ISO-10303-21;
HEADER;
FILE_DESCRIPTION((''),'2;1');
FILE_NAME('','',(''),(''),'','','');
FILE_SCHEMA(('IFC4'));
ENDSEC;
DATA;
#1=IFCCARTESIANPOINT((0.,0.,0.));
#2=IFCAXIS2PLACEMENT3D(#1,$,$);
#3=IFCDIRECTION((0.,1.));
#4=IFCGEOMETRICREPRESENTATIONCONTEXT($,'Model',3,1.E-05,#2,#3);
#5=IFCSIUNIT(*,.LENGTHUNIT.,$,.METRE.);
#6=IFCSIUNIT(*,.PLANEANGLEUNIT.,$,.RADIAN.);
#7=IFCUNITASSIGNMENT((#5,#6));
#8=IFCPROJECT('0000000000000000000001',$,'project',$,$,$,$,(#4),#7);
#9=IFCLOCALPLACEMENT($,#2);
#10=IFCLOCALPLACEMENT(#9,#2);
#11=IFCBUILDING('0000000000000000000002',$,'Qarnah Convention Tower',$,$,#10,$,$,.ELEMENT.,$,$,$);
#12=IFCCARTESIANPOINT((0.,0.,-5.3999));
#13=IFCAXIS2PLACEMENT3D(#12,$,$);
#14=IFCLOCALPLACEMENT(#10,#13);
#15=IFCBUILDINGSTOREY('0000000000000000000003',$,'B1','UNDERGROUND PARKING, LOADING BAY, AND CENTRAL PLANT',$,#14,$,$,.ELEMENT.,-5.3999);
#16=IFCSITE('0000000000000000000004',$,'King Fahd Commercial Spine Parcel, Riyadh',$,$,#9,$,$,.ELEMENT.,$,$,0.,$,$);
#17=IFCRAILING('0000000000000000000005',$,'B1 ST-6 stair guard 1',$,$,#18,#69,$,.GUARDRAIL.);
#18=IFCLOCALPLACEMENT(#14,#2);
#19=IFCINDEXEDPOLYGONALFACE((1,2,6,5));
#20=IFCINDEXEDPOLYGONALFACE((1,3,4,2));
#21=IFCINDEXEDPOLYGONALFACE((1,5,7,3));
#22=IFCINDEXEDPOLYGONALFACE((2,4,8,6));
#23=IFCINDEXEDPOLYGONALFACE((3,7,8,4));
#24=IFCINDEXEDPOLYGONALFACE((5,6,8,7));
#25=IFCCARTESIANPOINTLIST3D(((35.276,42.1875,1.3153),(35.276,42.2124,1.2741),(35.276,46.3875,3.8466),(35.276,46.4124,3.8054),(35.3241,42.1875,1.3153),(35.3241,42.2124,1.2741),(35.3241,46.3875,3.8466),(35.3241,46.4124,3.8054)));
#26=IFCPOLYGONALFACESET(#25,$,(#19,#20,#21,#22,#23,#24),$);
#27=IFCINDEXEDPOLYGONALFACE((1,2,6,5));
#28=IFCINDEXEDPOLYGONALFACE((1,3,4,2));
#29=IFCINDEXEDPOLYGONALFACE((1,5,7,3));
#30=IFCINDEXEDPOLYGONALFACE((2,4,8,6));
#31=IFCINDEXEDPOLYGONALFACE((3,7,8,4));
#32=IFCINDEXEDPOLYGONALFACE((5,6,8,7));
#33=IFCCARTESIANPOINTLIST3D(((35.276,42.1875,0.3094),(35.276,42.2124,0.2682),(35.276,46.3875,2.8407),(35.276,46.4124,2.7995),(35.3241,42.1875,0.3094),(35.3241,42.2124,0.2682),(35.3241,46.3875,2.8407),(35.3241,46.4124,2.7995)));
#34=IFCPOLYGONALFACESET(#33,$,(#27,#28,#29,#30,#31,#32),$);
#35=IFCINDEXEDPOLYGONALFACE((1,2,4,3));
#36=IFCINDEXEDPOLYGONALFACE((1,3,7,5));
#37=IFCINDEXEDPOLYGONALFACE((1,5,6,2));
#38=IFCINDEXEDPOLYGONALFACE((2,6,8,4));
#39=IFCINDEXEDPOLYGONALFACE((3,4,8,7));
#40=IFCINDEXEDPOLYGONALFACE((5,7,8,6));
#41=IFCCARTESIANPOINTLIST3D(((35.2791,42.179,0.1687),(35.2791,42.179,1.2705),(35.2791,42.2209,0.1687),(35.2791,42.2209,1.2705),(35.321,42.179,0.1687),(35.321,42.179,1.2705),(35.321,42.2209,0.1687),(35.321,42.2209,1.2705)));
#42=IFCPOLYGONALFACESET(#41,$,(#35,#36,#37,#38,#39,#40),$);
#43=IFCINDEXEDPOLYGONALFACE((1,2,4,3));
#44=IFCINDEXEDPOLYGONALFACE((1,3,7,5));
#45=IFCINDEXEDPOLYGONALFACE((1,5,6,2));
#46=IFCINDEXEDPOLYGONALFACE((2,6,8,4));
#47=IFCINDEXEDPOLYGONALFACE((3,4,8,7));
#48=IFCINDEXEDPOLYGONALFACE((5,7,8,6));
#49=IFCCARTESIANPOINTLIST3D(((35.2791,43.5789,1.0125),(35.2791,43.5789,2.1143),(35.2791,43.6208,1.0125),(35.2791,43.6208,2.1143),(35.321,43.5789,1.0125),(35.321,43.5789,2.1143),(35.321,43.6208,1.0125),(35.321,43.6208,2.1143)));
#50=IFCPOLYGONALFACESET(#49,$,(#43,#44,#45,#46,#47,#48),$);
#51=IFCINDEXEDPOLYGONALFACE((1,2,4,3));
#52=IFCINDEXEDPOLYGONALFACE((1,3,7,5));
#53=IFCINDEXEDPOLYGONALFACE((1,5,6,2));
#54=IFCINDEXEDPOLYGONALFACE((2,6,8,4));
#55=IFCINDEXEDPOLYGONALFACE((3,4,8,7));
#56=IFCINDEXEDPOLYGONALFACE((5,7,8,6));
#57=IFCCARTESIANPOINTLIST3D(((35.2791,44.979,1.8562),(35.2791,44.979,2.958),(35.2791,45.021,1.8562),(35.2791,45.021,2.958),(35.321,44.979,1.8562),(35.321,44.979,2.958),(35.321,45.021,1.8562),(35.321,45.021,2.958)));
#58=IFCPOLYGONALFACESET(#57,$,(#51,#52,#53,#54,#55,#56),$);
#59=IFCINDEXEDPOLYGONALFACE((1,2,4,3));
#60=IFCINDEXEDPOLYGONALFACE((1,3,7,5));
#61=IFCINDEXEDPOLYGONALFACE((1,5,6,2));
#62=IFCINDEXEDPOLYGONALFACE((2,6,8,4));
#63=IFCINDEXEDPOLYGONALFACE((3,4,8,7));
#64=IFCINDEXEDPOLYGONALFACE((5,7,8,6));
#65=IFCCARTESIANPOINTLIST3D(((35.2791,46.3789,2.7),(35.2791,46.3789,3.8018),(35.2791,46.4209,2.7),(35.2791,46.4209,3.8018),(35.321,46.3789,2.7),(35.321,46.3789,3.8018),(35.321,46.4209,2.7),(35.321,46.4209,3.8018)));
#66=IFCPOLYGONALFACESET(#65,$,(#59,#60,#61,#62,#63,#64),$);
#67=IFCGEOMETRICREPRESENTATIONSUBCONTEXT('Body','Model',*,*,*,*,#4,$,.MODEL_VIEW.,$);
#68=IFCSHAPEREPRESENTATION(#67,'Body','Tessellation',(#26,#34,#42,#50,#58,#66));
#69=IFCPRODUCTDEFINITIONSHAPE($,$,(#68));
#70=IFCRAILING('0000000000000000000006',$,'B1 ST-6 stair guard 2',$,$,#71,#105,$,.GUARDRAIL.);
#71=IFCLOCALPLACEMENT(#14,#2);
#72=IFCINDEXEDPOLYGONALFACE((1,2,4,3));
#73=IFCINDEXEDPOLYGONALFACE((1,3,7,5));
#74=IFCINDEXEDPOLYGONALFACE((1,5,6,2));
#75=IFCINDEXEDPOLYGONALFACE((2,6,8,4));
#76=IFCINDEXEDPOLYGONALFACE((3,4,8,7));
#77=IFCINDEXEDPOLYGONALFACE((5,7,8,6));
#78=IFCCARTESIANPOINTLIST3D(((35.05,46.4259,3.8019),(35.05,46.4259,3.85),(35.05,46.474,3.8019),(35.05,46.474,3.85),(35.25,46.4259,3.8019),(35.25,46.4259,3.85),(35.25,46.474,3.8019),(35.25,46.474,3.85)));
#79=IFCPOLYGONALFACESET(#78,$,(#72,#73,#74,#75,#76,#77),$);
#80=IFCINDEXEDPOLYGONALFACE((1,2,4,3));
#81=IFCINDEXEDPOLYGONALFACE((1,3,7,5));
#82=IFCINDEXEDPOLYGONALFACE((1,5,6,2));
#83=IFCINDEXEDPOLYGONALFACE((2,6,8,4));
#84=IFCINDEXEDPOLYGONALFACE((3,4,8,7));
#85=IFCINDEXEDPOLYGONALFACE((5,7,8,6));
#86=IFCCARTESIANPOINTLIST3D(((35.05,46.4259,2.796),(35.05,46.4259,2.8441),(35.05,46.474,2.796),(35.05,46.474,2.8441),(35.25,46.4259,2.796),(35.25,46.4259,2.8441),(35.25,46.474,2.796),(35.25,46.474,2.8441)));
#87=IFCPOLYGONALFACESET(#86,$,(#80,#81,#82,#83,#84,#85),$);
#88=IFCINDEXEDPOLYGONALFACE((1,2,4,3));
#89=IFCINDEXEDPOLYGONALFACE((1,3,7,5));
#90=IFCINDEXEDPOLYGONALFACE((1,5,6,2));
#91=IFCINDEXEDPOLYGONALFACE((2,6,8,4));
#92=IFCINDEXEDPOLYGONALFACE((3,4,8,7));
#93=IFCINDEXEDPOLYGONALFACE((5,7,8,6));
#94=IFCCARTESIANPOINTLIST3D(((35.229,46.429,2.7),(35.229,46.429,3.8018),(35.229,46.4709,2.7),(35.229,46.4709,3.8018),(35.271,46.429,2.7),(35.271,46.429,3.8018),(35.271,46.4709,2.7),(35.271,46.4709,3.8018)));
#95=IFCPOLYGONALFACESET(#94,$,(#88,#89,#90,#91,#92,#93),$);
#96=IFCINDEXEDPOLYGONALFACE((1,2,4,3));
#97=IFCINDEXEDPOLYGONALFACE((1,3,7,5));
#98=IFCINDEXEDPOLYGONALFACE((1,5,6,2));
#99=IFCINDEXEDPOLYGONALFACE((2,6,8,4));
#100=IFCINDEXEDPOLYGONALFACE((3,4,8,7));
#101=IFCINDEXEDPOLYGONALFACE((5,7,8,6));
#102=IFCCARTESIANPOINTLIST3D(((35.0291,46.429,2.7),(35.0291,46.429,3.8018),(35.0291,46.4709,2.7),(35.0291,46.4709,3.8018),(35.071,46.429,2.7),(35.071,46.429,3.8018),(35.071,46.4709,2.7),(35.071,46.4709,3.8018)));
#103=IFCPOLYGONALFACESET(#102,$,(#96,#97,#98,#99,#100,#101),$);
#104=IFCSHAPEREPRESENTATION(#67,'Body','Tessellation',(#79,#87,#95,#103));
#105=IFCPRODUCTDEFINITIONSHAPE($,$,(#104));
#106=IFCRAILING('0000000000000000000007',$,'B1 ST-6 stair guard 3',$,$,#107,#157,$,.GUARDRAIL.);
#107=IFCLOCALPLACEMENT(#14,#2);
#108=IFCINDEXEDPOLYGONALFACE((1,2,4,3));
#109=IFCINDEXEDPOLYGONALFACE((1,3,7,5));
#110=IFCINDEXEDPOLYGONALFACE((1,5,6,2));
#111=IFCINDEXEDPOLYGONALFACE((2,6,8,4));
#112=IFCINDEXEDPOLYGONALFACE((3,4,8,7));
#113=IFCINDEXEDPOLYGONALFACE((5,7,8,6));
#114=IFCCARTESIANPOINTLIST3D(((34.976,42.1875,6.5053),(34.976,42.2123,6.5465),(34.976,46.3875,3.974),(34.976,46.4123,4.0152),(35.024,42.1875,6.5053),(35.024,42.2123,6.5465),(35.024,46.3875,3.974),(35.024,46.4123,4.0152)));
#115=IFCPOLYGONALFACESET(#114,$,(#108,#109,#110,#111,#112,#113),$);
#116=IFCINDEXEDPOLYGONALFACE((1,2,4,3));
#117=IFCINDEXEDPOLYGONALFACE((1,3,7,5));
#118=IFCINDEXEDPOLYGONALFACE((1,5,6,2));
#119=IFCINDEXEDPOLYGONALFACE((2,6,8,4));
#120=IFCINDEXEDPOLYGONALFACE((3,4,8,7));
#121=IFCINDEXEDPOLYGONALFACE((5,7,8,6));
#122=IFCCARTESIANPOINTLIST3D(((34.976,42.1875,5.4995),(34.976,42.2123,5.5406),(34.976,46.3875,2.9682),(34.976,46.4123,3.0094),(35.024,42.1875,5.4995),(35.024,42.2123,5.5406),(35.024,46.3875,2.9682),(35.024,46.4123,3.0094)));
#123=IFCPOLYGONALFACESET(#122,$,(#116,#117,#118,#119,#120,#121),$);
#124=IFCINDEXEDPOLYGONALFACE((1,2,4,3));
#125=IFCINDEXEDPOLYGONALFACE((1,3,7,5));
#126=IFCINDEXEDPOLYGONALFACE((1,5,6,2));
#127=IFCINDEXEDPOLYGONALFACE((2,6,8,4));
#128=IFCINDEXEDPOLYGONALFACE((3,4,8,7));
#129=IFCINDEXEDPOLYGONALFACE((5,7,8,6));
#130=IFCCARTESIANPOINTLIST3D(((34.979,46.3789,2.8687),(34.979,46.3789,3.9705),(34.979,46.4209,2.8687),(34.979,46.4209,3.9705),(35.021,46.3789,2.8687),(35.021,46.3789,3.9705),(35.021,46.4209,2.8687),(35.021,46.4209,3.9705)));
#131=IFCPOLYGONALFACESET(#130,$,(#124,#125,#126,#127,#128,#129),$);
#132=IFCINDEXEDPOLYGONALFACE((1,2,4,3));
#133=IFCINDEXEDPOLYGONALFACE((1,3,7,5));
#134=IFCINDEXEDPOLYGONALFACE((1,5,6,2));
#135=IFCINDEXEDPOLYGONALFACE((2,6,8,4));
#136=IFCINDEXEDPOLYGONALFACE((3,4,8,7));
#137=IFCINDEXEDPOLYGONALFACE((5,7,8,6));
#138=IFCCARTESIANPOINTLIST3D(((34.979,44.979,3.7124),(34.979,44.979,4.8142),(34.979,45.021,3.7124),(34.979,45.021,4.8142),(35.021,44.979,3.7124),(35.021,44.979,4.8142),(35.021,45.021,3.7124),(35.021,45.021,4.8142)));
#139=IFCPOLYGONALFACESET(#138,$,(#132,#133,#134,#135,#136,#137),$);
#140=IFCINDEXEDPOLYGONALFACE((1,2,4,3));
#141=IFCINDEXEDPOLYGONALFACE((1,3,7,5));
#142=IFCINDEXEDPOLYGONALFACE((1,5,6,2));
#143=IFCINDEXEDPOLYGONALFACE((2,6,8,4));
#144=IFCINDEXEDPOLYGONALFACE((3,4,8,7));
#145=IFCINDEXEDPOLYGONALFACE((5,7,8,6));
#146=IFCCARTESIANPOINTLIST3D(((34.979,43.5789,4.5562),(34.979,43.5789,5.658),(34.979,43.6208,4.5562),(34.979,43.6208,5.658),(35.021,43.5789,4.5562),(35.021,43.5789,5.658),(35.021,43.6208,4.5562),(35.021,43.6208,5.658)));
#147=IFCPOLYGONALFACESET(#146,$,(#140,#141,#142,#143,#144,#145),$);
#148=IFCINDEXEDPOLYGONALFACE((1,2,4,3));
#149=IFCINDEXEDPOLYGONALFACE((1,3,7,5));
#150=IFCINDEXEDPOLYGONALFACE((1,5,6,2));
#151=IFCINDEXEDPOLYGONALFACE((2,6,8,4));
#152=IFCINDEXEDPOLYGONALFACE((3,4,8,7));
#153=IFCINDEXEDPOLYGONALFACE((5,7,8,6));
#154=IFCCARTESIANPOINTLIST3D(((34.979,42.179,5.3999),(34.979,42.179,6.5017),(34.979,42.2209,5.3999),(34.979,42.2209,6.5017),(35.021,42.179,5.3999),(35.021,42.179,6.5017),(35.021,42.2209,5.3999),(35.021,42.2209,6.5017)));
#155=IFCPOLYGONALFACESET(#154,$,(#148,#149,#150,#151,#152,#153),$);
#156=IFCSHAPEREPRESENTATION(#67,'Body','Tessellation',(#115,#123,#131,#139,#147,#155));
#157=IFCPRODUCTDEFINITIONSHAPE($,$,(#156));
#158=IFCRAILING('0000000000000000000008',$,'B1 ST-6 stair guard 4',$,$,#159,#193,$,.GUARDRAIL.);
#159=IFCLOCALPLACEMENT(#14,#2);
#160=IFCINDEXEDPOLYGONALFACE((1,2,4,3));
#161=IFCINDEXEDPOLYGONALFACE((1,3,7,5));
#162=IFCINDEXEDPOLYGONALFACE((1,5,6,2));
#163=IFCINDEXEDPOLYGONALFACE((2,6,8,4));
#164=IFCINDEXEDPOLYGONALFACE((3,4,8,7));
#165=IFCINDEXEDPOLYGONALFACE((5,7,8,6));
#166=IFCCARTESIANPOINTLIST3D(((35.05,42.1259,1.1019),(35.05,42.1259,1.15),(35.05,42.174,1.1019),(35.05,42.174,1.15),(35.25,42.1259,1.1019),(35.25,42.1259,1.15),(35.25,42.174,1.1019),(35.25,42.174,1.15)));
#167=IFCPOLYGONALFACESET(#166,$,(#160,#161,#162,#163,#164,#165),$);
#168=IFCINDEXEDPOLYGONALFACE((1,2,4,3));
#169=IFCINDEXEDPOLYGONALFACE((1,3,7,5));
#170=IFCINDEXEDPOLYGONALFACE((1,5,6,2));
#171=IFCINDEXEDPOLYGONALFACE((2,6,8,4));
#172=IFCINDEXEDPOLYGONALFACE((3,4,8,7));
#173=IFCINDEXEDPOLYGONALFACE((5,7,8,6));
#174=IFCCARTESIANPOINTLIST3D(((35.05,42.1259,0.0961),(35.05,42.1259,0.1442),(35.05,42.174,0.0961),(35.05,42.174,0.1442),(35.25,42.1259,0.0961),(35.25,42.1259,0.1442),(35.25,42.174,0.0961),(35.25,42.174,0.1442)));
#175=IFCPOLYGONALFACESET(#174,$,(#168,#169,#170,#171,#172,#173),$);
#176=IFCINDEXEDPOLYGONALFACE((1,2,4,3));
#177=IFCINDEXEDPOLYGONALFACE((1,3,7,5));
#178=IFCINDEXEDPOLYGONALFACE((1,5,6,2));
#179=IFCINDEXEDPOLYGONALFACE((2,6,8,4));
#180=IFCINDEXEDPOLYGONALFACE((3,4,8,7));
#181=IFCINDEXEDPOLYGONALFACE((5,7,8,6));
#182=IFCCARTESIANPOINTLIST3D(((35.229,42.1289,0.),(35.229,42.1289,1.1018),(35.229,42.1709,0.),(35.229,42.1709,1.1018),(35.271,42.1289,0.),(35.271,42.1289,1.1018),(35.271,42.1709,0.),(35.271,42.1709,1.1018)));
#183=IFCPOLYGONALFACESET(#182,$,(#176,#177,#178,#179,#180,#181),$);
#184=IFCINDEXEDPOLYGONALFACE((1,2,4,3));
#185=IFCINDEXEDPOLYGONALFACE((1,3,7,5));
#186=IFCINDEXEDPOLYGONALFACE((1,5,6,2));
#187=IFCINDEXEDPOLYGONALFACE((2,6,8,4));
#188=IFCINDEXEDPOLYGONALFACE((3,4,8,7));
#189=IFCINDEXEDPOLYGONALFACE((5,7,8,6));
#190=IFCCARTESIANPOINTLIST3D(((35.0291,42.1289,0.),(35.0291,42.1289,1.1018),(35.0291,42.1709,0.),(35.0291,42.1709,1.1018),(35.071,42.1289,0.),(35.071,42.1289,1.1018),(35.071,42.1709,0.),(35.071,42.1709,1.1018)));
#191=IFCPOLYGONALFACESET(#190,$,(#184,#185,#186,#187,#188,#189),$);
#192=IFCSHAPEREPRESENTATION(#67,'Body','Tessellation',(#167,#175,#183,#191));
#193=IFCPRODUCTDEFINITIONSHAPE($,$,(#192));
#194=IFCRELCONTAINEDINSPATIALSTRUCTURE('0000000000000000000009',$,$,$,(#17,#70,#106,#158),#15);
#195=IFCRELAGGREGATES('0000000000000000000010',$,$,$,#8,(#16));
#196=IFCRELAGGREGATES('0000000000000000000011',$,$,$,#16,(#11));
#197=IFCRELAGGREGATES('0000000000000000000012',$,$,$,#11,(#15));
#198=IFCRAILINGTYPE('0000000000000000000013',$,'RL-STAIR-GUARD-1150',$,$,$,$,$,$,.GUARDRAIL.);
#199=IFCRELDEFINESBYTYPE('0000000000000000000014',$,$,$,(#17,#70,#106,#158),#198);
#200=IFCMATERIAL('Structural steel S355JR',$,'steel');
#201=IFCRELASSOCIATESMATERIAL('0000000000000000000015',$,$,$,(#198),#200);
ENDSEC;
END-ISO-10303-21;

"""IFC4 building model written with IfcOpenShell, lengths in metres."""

from ifc_helpers import new_model, si_unit, direction, frame, origin, origin_2d, place, context, subcontext, project, spatial, rectangle, extrude, material, type_object, element, save


model = new_model("IFC4")

# Units and contexts
model_context = context("Model", 3, precision=1e-05, world=origin(), true_north=direction((0.0, 1.0)))
body_context = subcontext(model_context, "Body", "Model", "MODEL_VIEW")
ifc_project = project(units=[si_unit("LENGTHUNIT", "METRE"), si_unit("PLANEANGLEUNIT", "RADIAN")], contexts=[model_context])

# Site, building, storey
site_placement = place(None, origin())
site = spatial("IfcSite", under=ifc_project, at=site_placement, Name="King Fahd Commercial Spine Parcel, Riyadh", CompositionType="ELEMENT", RefElevation=0.0)
building_placement = place(site_placement, origin())
building = spatial("IfcBuilding", under=site, at=building_placement, Name="Qarnah Convention Tower", CompositionType="ELEMENT")
storey_placement = place(building_placement, frame((0.0, 0.0, -5.3999)))
storey = spatial("IfcBuildingStorey", under=building, at=storey_placement, Name="B1", Description="UNDERGROUND PARKING, LOADING BAY, AND CENTRAL PLANT", CompositionType="ELEMENT", Elevation=-5.3999)

# Shared definitions
ifc_material_1 = material(Name="Structural steel S355JR", Category="steel")

# Railings
railing_type_1 = type_object("IfcRailingType", Name="RL-STAIR-GUARD-1150", PredefinedType="GUARDRAIL", material=ifc_material_1)
railing_1_placement = place(storey_placement, frame((35.3, 42.2, 0.1687)))
element("IfcRailing", 1, at=railing_1_placement, inside=storey, type_object=railing_type_1, Name="B1 ST-6 stair guard 1", PredefinedType="GUARDRAIL", context=body_context, shape_type="SweptSolid", body=[
    extrude(rectangle(XDim=0.0481, YDim=0.0481, at=origin_2d()), frame((0.0, 0.0, 1.126), z_axis=(0.0, 0.856476, 0.516186), x_axis=(-1.0, 0.0, 0.0)), (0.0, 0.0, 1.0), 4.9038),
    extrude(rectangle(XDim=0.0481, YDim=0.0481, at=origin_2d()), frame((0.0, 0.0, 0.1201), z_axis=(0.0, 0.856476, 0.516186), x_axis=(-1.0, 0.0, 0.0)), (0.0, 0.0, 1.0), 4.9038),
    extrude(rectangle(XDim=0.042, YDim=0.042, at=origin_2d()), origin(), (0.0, 0.0, 1.0), 1.1018),
    extrude(rectangle(XDim=0.042, YDim=0.042, at=origin_2d()), frame((0.0, 1.3999, 0.8438)), (0.0, 0.0, 1.0), 1.1018),
    extrude(rectangle(XDim=0.042, YDim=0.042, at=origin_2d()), frame((0.0, 2.8, 1.6875)), (0.0, 0.0, 1.0), 1.1018),
    extrude(rectangle(XDim=0.042, YDim=0.042, at=origin_2d()), frame((0.0, 4.2, 2.5312)), (0.0, 0.0, 1.0), 1.1018),
])
railing_2_placement = place(storey_placement, frame((35.25, 46.45, 2.7)))
element("IfcRailing", 2, at=railing_2_placement, inside=storey, type_object=railing_type_1, Name="B1 ST-6 stair guard 2", PredefinedType="GUARDRAIL", context=body_context, shape_type="SweptSolid", body=[
    extrude(rectangle(XDim=0.0481, YDim=0.0481, at=origin_2d()), frame((0.0, 0.0, 1.126), z_axis=(-1.0, 0.0, 0.0), x_axis=(0.0, -1.0, 0.0)), (0.0, 0.0, 1.0), 0.2),
    extrude(rectangle(XDim=0.0481, YDim=0.0481, at=origin_2d()), frame((0.0, 0.0, 0.1201), z_axis=(-1.0, 0.0, 0.0), x_axis=(0.0, -1.0, 0.0)), (0.0, 0.0, 1.0), 0.2),
    extrude(rectangle(XDim=0.042, YDim=0.042, at=origin_2d()), origin(), (0.0, 0.0, 1.0), 1.1018),
    extrude(rectangle(XDim=0.042, YDim=0.042, at=origin_2d()), frame((-0.2, 0.0, 0.0)), (0.0, 0.0, 1.0), 1.1018),
])
railing_3_placement = place(storey_placement, frame((35.0, 46.3999, 2.8687)))
element("IfcRailing", 3, at=railing_3_placement, inside=storey, type_object=railing_type_1, Name="B1 ST-6 stair guard 3", PredefinedType="GUARDRAIL", context=body_context, shape_type="SweptSolid", body=[
    extrude(rectangle(XDim=0.0481, YDim=0.0481, at=origin_2d()), frame((0.0, 0.0, 1.126), z_axis=(0.0, -0.856476, 0.516186), x_axis=(1.0, 0.0, 0.0)), (0.0, 0.0, 1.0), 4.9038),
    extrude(rectangle(XDim=0.0481, YDim=0.0481, at=origin_2d()), frame((0.0, 0.0, 0.1201), z_axis=(0.0, -0.856476, 0.516186), x_axis=(1.0, 0.0, 0.0)), (0.0, 0.0, 1.0), 4.9038),
    extrude(rectangle(XDim=0.042, YDim=0.042, at=origin_2d()), origin(), (0.0, 0.0, 1.0), 1.1018),
    extrude(rectangle(XDim=0.042, YDim=0.042, at=origin_2d()), frame((0.0, -1.3999, 0.8438)), (0.0, 0.0, 1.0), 1.1018),
    extrude(rectangle(XDim=0.042, YDim=0.042, at=origin_2d()), frame((0.0, -2.8, 1.6875)), (0.0, 0.0, 1.0), 1.1018),
    extrude(rectangle(XDim=0.042, YDim=0.042, at=origin_2d()), frame((0.0, -4.2, 2.5312)), (0.0, 0.0, 1.0), 1.1018),
])
railing_4_placement = place(storey_placement, frame((35.25, 42.1499, 0.0)))
element("IfcRailing", 4, at=railing_4_placement, inside=storey, type_object=railing_type_1, Name="B1 ST-6 stair guard 4", PredefinedType="GUARDRAIL", context=body_context, shape_type="SweptSolid", body=[
    extrude(rectangle(XDim=0.0481, YDim=0.0481, at=origin_2d()), frame((0.0, 0.0, 1.126), z_axis=(-1.0, 0.0, 0.0), x_axis=(0.0, -1.0, 0.0)), (0.0, 0.0, 1.0), 0.2),
    extrude(rectangle(XDim=0.0481, YDim=0.0481, at=origin_2d()), frame((0.0, 0.0, 0.1201), z_axis=(-1.0, 0.0, 0.0), x_axis=(0.0, -1.0, 0.0)), (0.0, 0.0, 1.0), 0.2),
    extrude(rectangle(XDim=0.042, YDim=0.042, at=origin_2d()), origin(), (0.0, 0.0, 1.0), 1.1018),
    extrude(rectangle(XDim=0.042, YDim=0.042, at=origin_2d()), frame((-0.2, 0.0, 0.0)), (0.0, 0.0, 1.0), 1.1018),
])

save(model, "model.ifc")
